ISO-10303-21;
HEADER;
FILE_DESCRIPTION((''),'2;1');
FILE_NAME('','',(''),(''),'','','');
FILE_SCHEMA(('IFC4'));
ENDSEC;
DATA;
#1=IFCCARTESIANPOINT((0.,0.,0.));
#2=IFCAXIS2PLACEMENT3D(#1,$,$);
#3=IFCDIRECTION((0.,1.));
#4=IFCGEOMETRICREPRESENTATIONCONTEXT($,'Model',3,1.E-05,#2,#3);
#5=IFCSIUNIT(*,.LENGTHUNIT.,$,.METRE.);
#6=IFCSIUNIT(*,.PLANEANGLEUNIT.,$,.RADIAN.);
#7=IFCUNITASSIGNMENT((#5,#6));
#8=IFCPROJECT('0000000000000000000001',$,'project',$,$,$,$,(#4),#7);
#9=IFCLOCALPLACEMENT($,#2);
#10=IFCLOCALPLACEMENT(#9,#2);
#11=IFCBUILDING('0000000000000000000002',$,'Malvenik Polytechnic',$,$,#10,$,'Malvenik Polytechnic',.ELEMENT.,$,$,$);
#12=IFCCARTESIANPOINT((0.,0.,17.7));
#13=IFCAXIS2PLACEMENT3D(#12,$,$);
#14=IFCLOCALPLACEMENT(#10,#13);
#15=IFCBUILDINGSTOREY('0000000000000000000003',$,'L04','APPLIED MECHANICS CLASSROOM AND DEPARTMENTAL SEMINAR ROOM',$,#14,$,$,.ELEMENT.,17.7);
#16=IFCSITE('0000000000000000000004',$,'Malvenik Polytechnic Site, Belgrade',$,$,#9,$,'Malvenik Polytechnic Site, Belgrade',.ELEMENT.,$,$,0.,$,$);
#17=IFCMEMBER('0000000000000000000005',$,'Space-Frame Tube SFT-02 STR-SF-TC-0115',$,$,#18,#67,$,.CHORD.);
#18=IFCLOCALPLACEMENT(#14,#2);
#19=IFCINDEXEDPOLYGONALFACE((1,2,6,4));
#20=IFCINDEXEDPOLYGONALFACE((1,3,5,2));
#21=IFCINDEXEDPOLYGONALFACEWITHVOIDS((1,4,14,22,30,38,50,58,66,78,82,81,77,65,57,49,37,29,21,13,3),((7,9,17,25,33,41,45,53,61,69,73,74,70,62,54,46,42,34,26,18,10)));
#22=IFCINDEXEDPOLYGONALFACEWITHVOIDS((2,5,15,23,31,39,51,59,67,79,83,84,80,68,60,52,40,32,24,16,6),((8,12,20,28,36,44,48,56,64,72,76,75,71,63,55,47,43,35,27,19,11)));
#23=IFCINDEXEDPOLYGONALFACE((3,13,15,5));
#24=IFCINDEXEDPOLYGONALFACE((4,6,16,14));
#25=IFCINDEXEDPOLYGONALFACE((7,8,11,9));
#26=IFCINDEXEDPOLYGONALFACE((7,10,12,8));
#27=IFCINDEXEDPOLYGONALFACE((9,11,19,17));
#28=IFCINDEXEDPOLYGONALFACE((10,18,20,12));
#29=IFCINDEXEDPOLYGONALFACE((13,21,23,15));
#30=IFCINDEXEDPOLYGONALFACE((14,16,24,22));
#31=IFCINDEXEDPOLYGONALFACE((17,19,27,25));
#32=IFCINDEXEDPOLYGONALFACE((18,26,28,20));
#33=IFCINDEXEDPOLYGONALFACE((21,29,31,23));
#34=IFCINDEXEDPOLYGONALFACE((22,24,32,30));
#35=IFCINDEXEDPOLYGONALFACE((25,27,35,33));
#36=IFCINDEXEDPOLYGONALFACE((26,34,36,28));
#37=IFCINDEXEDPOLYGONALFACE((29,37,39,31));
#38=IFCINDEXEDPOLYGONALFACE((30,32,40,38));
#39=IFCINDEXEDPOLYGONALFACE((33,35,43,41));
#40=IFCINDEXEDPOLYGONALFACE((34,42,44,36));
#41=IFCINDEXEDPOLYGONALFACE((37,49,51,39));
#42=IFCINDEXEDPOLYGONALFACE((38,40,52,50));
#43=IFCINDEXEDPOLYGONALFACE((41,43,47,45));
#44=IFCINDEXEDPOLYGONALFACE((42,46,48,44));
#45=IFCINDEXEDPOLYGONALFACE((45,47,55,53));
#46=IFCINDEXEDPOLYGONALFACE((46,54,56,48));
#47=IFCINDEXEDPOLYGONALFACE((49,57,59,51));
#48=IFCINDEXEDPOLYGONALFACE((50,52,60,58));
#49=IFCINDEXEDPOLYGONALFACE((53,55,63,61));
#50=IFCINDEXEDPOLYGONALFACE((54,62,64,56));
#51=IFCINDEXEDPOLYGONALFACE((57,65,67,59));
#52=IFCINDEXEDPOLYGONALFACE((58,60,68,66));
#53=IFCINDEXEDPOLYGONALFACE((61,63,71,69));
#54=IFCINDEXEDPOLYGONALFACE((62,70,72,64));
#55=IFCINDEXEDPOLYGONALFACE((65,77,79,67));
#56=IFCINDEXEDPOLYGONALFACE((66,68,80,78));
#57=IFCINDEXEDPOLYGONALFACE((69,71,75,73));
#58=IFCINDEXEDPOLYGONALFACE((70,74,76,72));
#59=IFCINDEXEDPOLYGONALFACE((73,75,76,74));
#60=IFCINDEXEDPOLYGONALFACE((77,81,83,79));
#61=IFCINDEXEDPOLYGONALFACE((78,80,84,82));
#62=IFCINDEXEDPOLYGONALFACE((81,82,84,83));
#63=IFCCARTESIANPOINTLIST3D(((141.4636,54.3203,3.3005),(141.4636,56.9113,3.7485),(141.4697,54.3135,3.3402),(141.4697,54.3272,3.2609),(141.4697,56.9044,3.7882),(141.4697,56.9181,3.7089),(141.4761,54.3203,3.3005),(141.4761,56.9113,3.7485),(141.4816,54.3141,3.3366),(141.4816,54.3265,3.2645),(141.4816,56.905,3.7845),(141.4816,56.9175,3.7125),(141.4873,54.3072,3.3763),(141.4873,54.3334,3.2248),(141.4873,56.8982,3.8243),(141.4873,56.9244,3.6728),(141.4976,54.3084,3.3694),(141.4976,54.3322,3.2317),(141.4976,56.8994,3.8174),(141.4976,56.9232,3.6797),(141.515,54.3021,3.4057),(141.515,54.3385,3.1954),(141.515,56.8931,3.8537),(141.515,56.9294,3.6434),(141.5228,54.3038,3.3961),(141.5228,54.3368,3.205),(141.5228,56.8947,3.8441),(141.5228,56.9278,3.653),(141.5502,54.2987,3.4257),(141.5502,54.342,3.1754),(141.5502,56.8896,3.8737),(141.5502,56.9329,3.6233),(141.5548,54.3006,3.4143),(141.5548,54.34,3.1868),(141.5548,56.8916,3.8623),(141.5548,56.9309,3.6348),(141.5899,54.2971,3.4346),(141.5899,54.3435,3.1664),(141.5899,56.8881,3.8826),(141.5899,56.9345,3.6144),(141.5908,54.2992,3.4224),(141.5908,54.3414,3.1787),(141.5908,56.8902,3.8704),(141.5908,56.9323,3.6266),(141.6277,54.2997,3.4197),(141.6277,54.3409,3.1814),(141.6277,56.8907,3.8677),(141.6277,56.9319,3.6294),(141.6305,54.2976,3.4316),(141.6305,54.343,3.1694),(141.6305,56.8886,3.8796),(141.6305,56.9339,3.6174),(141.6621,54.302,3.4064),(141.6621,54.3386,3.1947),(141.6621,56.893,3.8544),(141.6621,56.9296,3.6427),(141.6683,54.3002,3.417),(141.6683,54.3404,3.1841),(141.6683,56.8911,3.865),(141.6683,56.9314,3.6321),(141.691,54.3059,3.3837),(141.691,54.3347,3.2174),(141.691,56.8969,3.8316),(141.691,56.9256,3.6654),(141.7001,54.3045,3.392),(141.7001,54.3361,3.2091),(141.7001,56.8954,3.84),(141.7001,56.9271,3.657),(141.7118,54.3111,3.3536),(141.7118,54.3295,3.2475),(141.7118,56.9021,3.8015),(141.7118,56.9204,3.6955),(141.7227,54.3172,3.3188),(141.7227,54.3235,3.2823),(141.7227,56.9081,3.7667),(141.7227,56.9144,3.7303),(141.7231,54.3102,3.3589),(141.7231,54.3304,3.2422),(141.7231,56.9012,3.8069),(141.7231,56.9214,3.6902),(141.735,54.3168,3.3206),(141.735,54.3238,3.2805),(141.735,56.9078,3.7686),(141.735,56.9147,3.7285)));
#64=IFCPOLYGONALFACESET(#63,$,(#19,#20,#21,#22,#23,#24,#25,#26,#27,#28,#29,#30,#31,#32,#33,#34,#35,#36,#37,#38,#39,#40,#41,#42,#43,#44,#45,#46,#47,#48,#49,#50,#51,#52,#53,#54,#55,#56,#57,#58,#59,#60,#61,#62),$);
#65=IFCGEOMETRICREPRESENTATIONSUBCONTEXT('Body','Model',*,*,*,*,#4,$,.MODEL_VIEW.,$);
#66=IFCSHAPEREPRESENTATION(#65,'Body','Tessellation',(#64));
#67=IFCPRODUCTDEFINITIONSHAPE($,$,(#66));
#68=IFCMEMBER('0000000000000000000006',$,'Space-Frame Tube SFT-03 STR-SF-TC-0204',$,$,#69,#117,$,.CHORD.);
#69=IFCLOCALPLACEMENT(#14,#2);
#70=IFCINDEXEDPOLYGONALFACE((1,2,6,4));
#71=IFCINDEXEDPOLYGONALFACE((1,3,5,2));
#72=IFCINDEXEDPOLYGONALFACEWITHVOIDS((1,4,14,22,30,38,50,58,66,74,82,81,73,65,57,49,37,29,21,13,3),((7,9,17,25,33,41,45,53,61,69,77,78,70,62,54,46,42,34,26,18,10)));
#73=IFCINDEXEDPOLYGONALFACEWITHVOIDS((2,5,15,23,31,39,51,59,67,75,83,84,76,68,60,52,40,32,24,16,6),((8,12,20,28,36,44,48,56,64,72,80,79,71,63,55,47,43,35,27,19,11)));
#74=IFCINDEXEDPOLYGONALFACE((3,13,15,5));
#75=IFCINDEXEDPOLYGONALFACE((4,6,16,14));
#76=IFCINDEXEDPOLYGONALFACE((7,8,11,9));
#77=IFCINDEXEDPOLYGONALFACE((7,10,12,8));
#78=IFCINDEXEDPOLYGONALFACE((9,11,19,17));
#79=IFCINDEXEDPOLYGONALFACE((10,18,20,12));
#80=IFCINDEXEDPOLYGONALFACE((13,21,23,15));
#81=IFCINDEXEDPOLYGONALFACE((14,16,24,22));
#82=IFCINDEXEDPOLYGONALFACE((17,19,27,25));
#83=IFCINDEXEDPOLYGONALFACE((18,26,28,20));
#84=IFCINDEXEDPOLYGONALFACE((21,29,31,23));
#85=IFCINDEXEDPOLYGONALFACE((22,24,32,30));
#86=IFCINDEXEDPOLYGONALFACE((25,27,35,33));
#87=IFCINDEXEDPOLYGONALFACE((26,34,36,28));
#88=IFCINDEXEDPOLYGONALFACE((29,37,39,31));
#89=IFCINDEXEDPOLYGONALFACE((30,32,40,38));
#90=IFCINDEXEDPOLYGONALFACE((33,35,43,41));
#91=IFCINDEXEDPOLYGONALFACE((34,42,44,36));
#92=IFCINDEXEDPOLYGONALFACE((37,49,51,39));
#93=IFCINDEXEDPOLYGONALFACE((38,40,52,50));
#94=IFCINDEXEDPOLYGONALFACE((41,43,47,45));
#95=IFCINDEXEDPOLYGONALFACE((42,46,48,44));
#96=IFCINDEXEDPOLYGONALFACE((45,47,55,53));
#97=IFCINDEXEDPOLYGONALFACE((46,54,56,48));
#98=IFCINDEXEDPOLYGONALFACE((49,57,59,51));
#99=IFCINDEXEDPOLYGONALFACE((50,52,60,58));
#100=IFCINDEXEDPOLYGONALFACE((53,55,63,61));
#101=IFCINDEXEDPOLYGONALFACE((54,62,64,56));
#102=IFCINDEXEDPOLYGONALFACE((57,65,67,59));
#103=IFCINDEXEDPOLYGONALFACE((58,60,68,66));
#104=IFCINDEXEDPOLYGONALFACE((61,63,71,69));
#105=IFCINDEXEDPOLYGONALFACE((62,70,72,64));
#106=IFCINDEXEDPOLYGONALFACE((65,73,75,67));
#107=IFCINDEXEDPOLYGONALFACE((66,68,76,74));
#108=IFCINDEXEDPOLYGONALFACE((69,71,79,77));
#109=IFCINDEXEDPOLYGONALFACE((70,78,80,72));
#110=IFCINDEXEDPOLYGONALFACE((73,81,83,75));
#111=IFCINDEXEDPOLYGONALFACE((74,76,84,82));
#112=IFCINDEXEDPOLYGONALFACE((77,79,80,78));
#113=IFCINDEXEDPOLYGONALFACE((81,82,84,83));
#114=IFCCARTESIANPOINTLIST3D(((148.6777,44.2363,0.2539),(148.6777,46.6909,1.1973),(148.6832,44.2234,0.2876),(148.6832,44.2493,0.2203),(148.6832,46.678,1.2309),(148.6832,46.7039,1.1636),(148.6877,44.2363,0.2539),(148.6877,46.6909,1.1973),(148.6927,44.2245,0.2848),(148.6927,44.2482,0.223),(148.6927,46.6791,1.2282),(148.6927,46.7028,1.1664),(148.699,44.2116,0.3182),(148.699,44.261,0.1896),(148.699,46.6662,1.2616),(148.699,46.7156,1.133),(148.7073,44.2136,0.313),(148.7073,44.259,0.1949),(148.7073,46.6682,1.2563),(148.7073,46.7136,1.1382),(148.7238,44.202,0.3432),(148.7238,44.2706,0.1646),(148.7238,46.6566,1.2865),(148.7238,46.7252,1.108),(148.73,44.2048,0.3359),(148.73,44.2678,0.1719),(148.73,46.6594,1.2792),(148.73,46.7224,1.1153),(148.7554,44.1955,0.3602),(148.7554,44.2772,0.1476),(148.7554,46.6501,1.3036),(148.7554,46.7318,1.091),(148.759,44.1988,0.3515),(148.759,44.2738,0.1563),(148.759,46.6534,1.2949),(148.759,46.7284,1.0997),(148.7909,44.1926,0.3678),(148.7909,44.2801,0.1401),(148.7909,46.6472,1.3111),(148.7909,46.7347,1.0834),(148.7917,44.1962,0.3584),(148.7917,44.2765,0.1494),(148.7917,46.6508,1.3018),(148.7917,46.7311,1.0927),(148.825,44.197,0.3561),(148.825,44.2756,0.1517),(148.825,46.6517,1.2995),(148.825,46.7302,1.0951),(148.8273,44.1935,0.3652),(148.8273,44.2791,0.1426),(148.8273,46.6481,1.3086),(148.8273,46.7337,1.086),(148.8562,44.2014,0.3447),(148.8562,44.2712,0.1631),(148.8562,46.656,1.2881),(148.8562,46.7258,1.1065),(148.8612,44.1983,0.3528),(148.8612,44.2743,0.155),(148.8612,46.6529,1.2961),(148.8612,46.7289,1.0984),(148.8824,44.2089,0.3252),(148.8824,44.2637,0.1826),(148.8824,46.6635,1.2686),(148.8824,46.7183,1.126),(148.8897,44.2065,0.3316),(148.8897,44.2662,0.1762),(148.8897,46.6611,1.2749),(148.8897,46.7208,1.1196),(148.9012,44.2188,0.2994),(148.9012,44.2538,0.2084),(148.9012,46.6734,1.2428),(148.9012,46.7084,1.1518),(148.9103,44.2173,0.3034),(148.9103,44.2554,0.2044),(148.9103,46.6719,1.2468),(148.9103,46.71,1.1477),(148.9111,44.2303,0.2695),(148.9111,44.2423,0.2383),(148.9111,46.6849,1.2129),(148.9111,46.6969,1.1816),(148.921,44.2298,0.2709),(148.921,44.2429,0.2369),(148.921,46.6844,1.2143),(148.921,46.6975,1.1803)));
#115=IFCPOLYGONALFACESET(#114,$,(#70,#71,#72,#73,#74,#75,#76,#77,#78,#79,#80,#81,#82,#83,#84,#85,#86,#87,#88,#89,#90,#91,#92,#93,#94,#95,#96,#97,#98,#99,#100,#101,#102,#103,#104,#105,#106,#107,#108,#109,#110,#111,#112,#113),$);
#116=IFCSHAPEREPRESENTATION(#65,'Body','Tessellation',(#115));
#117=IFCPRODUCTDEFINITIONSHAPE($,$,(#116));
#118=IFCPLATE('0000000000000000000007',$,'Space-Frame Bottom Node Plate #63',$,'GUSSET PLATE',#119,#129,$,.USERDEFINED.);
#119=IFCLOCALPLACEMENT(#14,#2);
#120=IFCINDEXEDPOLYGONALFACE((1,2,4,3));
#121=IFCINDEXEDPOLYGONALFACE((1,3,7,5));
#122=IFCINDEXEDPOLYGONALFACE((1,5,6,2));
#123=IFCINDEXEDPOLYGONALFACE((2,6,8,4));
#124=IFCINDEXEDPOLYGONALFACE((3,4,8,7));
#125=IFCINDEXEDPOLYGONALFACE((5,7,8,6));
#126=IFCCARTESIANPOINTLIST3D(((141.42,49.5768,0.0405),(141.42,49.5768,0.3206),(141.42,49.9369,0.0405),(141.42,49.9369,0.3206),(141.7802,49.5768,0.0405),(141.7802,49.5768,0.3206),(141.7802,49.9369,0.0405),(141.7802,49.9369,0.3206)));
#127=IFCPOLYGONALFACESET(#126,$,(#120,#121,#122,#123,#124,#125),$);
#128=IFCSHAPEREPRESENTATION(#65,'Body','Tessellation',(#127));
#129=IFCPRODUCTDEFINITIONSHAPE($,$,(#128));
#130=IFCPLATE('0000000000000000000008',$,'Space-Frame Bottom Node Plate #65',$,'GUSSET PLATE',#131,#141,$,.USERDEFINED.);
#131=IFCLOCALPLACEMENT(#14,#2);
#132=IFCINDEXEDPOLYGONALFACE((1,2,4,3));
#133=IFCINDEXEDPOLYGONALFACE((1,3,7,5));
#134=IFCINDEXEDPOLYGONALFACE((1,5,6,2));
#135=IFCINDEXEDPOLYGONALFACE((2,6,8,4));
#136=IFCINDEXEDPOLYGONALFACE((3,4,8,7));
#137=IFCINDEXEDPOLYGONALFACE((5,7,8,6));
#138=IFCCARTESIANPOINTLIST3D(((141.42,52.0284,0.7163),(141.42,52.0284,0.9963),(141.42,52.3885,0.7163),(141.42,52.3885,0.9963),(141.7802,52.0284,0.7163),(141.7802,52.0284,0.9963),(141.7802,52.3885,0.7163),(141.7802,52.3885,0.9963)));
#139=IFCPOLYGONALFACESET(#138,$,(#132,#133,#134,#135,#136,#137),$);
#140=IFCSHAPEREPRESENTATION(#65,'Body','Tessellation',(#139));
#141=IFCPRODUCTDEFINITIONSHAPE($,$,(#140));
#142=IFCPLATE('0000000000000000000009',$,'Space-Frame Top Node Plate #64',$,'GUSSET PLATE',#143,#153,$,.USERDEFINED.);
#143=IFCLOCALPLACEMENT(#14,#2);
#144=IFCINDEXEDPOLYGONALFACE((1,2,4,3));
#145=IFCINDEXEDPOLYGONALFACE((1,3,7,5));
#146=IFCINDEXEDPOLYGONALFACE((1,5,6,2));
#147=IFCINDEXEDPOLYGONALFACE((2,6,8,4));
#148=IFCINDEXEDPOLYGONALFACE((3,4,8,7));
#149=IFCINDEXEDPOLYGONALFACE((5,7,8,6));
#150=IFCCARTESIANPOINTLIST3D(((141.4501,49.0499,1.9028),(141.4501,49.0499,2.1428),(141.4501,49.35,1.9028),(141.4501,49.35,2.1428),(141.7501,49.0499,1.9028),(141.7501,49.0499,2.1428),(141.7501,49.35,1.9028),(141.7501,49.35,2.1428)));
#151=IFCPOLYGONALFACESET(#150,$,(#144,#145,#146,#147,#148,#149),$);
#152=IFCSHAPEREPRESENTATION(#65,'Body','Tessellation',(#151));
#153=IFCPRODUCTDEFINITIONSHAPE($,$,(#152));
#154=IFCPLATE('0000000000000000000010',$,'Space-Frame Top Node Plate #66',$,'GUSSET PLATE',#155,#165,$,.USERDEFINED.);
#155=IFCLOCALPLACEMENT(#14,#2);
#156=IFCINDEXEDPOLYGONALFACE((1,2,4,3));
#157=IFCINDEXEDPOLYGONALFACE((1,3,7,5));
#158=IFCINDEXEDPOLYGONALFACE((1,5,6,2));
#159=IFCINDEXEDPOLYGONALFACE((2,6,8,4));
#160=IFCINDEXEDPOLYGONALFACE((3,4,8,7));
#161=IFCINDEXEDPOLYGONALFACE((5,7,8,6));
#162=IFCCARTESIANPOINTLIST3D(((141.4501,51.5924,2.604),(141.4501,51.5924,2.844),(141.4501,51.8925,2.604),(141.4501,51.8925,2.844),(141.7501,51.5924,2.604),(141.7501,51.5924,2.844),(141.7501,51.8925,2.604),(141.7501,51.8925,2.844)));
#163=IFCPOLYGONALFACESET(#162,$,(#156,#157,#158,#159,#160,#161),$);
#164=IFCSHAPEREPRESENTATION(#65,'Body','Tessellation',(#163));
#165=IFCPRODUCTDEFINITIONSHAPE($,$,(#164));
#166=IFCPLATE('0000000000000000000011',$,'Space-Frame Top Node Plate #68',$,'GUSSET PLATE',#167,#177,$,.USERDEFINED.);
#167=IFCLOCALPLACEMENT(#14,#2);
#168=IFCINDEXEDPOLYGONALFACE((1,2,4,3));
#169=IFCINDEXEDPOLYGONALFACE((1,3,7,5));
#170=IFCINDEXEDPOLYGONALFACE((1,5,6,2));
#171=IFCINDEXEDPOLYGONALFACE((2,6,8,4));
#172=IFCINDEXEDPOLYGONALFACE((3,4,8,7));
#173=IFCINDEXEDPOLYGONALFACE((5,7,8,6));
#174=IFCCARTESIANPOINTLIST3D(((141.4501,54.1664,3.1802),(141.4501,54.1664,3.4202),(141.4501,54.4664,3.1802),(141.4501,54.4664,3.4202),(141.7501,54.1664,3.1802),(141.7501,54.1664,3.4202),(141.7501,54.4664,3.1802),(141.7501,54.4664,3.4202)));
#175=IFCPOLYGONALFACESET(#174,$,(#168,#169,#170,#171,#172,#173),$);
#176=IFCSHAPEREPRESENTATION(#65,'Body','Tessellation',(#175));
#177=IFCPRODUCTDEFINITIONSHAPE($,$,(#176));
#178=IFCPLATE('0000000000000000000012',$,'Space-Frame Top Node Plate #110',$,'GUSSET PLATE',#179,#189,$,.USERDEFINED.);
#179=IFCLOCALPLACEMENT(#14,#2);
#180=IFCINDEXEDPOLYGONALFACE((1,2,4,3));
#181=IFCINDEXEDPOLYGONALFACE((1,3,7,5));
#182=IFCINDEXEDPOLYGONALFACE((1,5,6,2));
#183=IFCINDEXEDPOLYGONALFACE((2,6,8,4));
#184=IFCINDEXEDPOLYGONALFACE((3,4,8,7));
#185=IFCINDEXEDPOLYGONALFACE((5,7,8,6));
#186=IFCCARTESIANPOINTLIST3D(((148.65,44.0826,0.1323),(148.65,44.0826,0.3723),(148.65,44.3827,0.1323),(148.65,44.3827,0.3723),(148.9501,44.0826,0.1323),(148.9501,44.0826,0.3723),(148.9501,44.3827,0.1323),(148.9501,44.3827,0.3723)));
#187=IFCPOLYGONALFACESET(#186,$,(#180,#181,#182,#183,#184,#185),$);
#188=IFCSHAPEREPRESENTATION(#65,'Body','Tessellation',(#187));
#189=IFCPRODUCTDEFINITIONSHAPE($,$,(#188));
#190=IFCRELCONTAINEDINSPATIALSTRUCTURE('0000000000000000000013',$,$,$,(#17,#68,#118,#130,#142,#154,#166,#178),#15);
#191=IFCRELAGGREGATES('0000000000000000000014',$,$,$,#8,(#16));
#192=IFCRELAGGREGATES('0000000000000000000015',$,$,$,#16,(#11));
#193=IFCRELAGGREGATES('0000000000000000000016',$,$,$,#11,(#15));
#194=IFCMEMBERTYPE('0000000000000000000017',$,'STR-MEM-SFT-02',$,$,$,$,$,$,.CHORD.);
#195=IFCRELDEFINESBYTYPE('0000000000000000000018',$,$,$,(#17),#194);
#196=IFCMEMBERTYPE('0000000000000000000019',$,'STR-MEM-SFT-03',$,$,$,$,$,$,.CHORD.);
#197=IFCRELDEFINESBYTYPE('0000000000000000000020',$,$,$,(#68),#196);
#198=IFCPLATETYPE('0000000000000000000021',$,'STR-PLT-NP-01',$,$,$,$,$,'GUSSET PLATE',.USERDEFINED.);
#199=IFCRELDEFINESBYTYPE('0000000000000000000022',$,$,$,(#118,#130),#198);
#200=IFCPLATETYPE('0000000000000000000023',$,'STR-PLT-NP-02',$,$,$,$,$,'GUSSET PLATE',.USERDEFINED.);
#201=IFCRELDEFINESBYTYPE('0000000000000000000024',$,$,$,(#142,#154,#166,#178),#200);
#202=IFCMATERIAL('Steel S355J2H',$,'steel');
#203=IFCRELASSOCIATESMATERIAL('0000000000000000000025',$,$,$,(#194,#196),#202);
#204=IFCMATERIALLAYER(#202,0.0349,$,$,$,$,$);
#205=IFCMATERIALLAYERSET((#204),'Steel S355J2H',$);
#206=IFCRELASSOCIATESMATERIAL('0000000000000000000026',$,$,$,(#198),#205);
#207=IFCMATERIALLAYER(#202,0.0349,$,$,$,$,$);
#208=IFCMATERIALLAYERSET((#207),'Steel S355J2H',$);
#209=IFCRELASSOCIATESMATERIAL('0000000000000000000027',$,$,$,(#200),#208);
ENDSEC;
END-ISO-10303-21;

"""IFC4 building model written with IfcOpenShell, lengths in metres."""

from ifc_helpers import new_model, si_unit, direction, frame, origin, origin_2d, place, context, subcontext, project, spatial, rectangle, hollow_circle, extrude, material, layer, layer_set, material_profile, profile_set, type_object, element, save


model = new_model("IFC4")

# Units and contexts
model_context = context("Model", 3, precision=1e-05, world=origin(), true_north=direction((0.0, 1.0)))
body_context = subcontext(model_context, "Body", "Model", "MODEL_VIEW")
ifc_project = project(units=[si_unit("LENGTHUNIT", "METRE"), si_unit("PLANEANGLEUNIT", "RADIAN")], contexts=[model_context])

# Site, building, storey
site_placement = place(None, origin())
site = spatial("IfcSite", under=ifc_project, at=site_placement, Name="Malvenik Polytechnic Site, Belgrade", LongName="Malvenik Polytechnic Site, Belgrade", CompositionType="ELEMENT", RefElevation=0.0)
building_placement = place(site_placement, origin())
building = spatial("IfcBuilding", under=site, at=building_placement, Name="Malvenik Polytechnic", LongName="Malvenik Polytechnic", CompositionType="ELEMENT")
storey_placement = place(building_placement, frame((0.0, 0.0, 17.7)))
storey = spatial("IfcBuildingStorey", under=building, at=storey_placement, Name="L04", Description="APPLIED MECHANICS CLASSROOM AND DEPARTMENTAL SEMINAR ROOM", CompositionType="ELEMENT", Elevation=17.7)

# Members
ifc_material = material(Name="Steel S355J2H", Category="steel")
ifc_material_profile_1 = material_profile(ifc_material, hollow_circle(Radius=0.1365, WallThickness=0.0125, at=origin_2d()), Name="CHS 273.0x12.5")
ifc_profile_set_1 = profile_set([ifc_material_profile_1], Name="Steel S355J2H")
member_type_1 = type_object("IfcMemberType", Name="STR-MEM-SFT-02", PredefinedType="CHORD", material=ifc_profile_set_1)
member_1_placement = place(storey_placement, frame((141.6001, 54.3203, 3.3005), z_axis=(0.0, 0.98538, 0.170373), x_axis=(-1.0, 0.0, 0.0)))
element("IfcMember", 1, at=member_1_placement, inside=storey, type_object=member_type_1, Name="Space-Frame Tube SFT-02 STR-SF-TC-0115", PredefinedType="CHORD", context=body_context, shape_type="SweptSolid", body=[
    extrude(hollow_circle(Radius=0.1365, WallThickness=0.0125, at=origin_2d()), origin(), (0.0, 0.0, 1.0), 2.6294),
])
ifc_material_profile_2 = material_profile(ifc_material, hollow_circle(Radius=0.1223, WallThickness=0.01, at=origin_2d()), Name="CHS 244.5x10.0")
ifc_profile_set_2 = profile_set([ifc_material_profile_2], Name="Steel S355J2H")
member_type_2 = type_object("IfcMemberType", Name="STR-MEM-SFT-03", PredefinedType="CHORD", material=ifc_profile_set_2)
member_2_placement = place(storey_placement, frame((148.8, 44.2363, 0.2539), z_axis=(0.0, 0.933437, 0.358743), x_axis=(-1.0, 0.0, 0.0)))
element("IfcMember", 2, at=member_2_placement, inside=storey, type_object=member_type_2, Name="Space-Frame Tube SFT-03 STR-SF-TC-0204", PredefinedType="CHORD", context=body_context, shape_type="SweptSolid", body=[
    extrude(hollow_circle(Radius=0.1223, WallThickness=0.01, at=origin_2d()), origin(), (0.0, 0.0, 1.0), 2.6296),
])

# Plates
ifc_layer_1 = layer(ifc_material, 0.0349)
ifc_layer_set_1 = layer_set([ifc_layer_1], Name="Steel S355J2H")
plate_type_1 = type_object("IfcPlateType", Name="STR-PLT-NP-01", ElementType="GUSSET PLATE", PredefinedType="USERDEFINED", material=ifc_layer_set_1)
for number, where, z_axis, x_axis, name in (
    (3, (141.6001, 49.7568, 0.0405), (0.0, 0.0, 1.0), (1.0, 0.0, 0.0), "Space-Frame Bottom Node Plate #63"),
    (4, (141.6001, 52.2085, 0.7163), (0.0, 0.0, 1.0), (1.0, 0.0, 0.0), "Space-Frame Bottom Node Plate #65"),
):
    element("IfcPlate", number, at=place(storey_placement, frame(where, z_axis=z_axis, x_axis=x_axis)), inside=storey, type_object=plate_type_1, Name=name, ObjectType="GUSSET PLATE", PredefinedType="USERDEFINED", context=body_context, shape_type="SweptSolid", body=[
        extrude(rectangle(XDim=0.3601, YDim=0.3601, at=origin_2d()), origin(), (0.0, 0.0, 1.0), 0.28),
    ])
ifc_layer_2 = layer(ifc_material, 0.0349)
ifc_layer_set_2 = layer_set([ifc_layer_2], Name="Steel S355J2H")
plate_type_2 = type_object("IfcPlateType", Name="STR-PLT-NP-02", ElementType="GUSSET PLATE", PredefinedType="USERDEFINED", material=ifc_layer_set_2)
for number, where, z_axis, x_axis, name in (
    (5, (141.6001, 49.2, 1.9028), (0.0, 0.0, 1.0), (1.0, 0.0, 0.0), "Space-Frame Top Node Plate #64"),
    (6, (141.6001, 51.7424, 2.604), (0.0, 0.0, 1.0), (1.0, 0.0, 0.0), "Space-Frame Top Node Plate #66"),
    (7, (141.6001, 54.3164, 3.1802), (0.0, 0.0, 1.0), (1.0, 0.0, 0.0), "Space-Frame Top Node Plate #68"),
    (8, (148.8, 44.2327, 0.1323), (0.0, 0.0, 1.0), (1.0, 0.0, 0.0), "Space-Frame Top Node Plate #110"),
):
    element("IfcPlate", number, at=place(storey_placement, frame(where, z_axis=z_axis, x_axis=x_axis)), inside=storey, type_object=plate_type_2, Name=name, ObjectType="GUSSET PLATE", PredefinedType="USERDEFINED", context=body_context, shape_type="SweptSolid", body=[
        extrude(rectangle(XDim=0.3, YDim=0.3, at=origin_2d()), origin(), (0.0, 0.0, 1.0), 0.24),
    ])

save(model, "model.ifc")
